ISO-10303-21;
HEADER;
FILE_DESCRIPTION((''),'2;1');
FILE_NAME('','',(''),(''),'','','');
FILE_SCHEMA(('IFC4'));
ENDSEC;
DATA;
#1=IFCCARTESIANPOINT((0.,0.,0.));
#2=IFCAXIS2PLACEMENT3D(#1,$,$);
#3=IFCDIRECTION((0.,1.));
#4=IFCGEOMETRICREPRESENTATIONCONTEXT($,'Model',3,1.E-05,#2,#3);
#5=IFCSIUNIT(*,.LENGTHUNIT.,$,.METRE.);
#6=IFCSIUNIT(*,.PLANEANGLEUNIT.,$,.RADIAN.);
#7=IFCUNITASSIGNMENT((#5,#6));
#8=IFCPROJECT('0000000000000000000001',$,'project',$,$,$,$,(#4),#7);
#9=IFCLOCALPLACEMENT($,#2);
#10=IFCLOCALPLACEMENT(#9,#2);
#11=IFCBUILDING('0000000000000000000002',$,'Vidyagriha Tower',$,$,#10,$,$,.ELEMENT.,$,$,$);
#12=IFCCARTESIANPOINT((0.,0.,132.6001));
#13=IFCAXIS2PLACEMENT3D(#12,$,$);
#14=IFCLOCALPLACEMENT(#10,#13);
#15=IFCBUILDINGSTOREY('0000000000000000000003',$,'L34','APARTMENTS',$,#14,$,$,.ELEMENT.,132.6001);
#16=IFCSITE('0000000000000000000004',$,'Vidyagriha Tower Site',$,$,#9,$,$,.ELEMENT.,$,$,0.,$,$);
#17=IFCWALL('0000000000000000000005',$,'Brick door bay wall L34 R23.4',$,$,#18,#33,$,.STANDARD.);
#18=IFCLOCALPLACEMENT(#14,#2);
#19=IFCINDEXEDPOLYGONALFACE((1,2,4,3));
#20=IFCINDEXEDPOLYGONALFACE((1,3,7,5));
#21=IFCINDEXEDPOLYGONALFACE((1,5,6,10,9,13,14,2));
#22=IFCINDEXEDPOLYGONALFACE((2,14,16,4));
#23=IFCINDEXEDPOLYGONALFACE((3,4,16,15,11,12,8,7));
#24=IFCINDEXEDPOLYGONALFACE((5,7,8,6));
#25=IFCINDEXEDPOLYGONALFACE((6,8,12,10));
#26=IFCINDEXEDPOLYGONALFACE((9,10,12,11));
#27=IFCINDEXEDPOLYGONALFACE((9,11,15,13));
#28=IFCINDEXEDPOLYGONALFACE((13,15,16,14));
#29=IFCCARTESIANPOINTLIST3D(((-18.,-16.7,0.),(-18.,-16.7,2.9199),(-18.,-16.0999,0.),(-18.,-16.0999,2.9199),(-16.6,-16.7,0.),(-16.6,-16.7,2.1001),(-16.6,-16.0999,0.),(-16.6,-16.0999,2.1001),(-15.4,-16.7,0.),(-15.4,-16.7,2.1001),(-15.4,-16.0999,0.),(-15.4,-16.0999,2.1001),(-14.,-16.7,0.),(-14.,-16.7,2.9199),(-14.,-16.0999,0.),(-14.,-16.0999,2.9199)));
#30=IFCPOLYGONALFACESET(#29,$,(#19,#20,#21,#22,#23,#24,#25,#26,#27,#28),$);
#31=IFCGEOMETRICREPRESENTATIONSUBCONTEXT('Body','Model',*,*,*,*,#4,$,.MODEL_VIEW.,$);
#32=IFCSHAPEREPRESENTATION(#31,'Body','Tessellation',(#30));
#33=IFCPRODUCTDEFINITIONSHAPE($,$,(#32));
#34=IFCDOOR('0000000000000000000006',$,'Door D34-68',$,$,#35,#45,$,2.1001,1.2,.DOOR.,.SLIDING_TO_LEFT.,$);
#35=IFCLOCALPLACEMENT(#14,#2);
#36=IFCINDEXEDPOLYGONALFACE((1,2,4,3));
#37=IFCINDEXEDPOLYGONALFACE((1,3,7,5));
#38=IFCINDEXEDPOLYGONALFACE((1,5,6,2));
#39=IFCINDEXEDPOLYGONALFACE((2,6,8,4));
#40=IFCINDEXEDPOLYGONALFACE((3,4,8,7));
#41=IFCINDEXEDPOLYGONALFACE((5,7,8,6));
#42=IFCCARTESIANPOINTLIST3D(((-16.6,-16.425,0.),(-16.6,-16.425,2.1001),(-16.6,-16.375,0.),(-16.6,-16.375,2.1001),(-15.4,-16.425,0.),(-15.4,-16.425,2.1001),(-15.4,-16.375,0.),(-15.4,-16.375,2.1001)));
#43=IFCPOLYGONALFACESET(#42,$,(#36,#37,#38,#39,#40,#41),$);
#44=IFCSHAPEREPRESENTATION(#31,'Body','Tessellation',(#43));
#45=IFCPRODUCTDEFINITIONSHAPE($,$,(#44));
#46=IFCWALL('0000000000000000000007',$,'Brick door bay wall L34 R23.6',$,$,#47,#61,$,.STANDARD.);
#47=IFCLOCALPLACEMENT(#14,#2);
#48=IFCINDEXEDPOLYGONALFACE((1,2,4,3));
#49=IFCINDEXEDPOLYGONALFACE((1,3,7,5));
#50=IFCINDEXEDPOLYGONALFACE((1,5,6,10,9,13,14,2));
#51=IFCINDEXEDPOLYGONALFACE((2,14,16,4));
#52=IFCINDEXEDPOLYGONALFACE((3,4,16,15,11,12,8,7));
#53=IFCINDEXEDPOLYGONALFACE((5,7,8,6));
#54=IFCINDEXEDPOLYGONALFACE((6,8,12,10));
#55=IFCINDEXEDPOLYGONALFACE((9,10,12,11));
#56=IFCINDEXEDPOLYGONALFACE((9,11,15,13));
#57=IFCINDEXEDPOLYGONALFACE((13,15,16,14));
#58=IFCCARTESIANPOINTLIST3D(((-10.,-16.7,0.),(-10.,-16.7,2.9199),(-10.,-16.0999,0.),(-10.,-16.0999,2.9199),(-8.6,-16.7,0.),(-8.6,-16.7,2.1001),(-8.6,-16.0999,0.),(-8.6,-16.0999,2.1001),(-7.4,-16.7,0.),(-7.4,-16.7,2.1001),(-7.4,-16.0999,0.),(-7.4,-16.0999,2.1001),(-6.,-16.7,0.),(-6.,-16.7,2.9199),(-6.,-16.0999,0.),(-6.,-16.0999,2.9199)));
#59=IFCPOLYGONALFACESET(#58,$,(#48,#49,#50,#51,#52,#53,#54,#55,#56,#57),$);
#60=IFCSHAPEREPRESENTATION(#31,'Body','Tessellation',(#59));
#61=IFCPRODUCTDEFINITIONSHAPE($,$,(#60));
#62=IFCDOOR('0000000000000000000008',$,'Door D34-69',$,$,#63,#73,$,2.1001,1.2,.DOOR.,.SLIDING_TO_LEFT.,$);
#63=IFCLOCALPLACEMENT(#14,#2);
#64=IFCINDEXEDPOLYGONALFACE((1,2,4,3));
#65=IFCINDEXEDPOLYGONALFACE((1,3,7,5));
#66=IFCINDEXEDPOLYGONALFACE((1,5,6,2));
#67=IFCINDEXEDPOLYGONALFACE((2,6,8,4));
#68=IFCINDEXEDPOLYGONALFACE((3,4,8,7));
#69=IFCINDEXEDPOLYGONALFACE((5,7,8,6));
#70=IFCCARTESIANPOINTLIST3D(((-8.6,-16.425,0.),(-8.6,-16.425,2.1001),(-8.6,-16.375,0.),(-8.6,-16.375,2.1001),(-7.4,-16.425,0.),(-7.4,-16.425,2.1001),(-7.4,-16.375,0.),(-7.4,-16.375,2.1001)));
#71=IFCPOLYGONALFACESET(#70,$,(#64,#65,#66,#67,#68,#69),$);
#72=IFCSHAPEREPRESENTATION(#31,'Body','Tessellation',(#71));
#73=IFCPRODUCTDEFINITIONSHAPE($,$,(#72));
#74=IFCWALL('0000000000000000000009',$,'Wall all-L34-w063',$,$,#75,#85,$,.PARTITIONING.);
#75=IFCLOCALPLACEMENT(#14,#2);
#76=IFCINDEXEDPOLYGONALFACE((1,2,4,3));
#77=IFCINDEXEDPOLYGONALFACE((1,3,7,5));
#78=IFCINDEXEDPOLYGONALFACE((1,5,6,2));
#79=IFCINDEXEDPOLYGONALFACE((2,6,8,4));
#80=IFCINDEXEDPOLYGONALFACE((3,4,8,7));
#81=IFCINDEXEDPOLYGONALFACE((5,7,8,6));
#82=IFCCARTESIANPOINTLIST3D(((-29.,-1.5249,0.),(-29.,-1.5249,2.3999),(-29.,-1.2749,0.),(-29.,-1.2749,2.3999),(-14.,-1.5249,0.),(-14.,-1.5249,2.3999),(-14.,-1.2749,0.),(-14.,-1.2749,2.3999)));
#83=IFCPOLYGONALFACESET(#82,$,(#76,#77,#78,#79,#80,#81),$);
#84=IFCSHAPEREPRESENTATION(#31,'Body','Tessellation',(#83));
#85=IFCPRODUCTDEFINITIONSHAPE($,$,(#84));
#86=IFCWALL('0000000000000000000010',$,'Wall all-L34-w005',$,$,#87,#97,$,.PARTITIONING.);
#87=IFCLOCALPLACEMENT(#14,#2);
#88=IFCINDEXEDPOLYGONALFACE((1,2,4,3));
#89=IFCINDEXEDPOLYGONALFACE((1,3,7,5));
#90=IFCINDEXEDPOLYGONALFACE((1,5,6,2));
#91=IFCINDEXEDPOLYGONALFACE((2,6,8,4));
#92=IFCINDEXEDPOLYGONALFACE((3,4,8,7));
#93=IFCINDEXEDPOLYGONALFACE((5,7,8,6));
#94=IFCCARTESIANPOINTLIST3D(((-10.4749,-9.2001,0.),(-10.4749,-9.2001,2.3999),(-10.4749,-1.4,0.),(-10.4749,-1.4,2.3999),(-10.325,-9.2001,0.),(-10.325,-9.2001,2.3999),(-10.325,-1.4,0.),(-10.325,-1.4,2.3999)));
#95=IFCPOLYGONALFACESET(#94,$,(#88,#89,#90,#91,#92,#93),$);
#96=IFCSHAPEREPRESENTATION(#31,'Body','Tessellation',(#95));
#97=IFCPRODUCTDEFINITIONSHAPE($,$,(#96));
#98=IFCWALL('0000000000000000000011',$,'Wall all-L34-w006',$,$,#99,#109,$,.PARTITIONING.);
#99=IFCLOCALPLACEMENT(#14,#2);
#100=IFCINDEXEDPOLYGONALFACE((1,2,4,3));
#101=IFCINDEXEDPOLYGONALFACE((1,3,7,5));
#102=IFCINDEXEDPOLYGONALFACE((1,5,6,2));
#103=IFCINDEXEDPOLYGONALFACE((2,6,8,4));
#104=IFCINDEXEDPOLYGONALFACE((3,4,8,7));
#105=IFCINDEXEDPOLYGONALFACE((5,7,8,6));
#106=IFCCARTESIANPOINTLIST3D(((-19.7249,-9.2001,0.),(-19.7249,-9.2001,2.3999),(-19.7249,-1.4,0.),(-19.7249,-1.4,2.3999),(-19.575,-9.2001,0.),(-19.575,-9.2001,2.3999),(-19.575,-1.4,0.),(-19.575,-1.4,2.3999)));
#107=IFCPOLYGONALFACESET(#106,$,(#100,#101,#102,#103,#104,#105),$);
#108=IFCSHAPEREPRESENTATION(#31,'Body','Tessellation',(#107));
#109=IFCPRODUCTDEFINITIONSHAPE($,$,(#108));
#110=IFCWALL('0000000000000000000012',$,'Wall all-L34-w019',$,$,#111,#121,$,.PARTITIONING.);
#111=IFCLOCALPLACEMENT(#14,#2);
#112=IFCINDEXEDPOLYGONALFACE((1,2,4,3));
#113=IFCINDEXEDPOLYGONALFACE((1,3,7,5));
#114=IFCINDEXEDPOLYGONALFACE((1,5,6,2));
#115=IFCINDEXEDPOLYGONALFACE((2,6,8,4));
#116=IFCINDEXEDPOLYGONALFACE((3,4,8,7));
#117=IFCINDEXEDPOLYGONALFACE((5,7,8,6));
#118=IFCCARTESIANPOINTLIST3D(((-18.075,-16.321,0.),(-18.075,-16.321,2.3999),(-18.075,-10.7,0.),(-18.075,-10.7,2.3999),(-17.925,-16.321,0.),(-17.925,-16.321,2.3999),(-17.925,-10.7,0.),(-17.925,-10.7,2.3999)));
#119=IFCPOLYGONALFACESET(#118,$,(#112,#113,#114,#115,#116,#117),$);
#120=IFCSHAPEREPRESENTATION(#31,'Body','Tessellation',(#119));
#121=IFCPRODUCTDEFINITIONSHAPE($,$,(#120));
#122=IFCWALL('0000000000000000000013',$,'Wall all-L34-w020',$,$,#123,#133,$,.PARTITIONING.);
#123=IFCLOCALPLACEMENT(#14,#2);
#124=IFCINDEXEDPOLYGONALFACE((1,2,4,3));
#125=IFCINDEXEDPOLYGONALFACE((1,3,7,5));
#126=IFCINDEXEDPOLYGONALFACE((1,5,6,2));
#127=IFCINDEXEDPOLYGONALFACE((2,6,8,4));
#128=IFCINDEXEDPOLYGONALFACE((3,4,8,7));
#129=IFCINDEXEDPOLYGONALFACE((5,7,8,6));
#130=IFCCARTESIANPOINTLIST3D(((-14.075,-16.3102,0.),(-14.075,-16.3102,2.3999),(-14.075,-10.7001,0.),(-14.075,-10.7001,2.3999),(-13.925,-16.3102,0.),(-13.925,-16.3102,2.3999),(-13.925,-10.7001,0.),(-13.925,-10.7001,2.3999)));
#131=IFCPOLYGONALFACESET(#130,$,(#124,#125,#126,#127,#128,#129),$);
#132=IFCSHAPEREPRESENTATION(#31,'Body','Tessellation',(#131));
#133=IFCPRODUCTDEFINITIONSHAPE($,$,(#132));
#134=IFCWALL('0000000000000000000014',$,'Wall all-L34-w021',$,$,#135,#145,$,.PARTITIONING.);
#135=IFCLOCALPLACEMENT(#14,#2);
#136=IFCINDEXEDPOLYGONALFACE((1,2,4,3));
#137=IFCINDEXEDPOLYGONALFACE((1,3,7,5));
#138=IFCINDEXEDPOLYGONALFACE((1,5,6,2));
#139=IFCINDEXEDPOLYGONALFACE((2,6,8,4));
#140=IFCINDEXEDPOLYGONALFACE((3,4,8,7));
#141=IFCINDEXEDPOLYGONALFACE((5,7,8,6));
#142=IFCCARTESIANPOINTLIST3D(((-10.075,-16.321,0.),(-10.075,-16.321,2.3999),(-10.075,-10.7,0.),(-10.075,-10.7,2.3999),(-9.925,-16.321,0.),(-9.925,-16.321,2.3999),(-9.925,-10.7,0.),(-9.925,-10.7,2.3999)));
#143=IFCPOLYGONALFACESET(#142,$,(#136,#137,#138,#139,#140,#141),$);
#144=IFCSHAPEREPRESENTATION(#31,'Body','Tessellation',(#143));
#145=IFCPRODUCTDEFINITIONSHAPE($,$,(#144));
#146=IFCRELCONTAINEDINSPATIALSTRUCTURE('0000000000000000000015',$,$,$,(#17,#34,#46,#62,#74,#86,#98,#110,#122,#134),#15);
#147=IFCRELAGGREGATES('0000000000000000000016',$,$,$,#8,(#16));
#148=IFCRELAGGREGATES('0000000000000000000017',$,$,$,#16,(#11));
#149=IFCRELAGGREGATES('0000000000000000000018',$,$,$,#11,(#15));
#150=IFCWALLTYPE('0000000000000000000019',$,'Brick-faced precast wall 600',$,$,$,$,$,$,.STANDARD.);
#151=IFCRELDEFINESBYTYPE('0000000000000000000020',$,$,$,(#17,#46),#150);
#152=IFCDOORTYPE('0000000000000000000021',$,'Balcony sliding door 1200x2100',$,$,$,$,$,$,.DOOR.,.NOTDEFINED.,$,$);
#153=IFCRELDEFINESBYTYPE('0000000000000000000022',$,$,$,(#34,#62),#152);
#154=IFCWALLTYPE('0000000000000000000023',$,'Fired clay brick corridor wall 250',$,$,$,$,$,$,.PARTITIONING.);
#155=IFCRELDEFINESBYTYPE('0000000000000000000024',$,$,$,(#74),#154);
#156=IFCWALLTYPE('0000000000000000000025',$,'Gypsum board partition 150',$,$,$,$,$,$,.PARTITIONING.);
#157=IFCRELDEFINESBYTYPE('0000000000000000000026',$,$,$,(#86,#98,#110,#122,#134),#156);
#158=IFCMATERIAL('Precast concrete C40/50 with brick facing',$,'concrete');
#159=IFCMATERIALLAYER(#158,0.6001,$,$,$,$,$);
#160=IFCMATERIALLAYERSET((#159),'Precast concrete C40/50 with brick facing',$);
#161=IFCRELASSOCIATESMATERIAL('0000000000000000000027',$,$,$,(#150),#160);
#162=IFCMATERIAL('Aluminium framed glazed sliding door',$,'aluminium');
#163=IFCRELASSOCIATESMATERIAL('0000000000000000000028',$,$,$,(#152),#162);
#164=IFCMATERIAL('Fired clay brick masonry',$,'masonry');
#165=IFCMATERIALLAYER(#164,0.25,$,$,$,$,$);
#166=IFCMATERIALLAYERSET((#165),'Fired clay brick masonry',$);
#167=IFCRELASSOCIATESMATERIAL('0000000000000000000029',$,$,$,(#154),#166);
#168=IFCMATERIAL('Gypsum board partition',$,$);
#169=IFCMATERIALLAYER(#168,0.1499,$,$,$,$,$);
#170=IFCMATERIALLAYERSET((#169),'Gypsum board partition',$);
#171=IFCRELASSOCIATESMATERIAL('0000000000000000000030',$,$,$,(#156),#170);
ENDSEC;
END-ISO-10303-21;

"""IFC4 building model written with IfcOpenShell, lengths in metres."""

from ifc_helpers import new_model, si_unit, direction, frame, frame_2d, origin, place, context, subcontext, project, spatial, rectangle, extrude, material, layer, layer_set, type_object, element, fill, save


model = new_model("IFC4")

# Units and contexts
model_context = context("Model", 3, precision=1e-05, world=origin(), true_north=direction((0.0, 1.0)))
body_context = subcontext(model_context, "Body", "Model", "MODEL_VIEW")
ifc_project = project(units=[si_unit("LENGTHUNIT", "METRE"), si_unit("PLANEANGLEUNIT", "RADIAN")], contexts=[model_context])

# Site, building, storey
site_placement = place(None, origin())
site = spatial("IfcSite", under=ifc_project, at=site_placement, Name="Vidyagriha Tower Site", CompositionType="ELEMENT", RefElevation=0.0)
building_placement = place(site_placement, origin())
building = spatial("IfcBuilding", under=site, at=building_placement, Name="Vidyagriha Tower", CompositionType="ELEMENT")
storey_placement = place(building_placement, frame((0.0, 0.0, 132.6001)))
storey = spatial("IfcBuildingStorey", under=building, at=storey_placement, Name="L34", Description="APARTMENTS", CompositionType="ELEMENT", Elevation=132.6001)

# Walls, openings, doors
ifc_material_1 = material(Name="Precast concrete C40/50 with brick facing", Category="concrete")
ifc_layer_1 = layer(ifc_material_1, 0.6001)
ifc_layer_set_1 = layer_set([ifc_layer_1], Name="Precast concrete C40/50 with brick facing")
wall_type_1 = type_object("IfcWallType", Name="Brick-faced precast wall 600", PredefinedType="STANDARD", material=ifc_layer_set_1)
wall_1_placement = place(storey_placement, frame((-18.0, -16.3999, 0.0)))
wall_1 = element("IfcWall", 1, at=wall_1_placement, inside=storey, type_object=wall_type_1, Name="Brick door bay wall L34 R23.4", PredefinedType="STANDARD", context=body_context, shape_type="SweptSolid", body=[
    extrude(rectangle(XDim=4.0, YDim=0.6001, at=frame_2d((2.0, 0.0))), origin(), (0.0, 0.0, 1.0), 2.9199),
])
opening_1_placement = place(wall_1_placement, frame((1.3999, 0.0, 0.0)))
opening_1 = element("IfcOpeningElement", 2, at=opening_1_placement, cuts=wall_1, PredefinedType="OPENING", context=body_context, shape_type="SweptSolid", body=[
    extrude(rectangle(XDim=1.2, YDim=2.1001, at=frame_2d((0.6001, 1.05))), frame((0.0, 0.3101, 0.0), z_axis=(0.0, -1.0, 0.0), x_axis=(1.0, 0.0, 0.0)), (0.0, 0.0, 1.0), 0.6201),
])
ifc_material_2 = material(Name="Aluminium framed glazed sliding door", Category="aluminium")
door_type = type_object("IfcDoorType", Name="Balcony sliding door 1200x2100", OperationType="NOTDEFINED", PredefinedType="DOOR", material=ifc_material_2)
door_1_placement = place(opening_1_placement, origin())
door_1 = element("IfcDoor", 3, at=door_1_placement, inside=storey, type_object=door_type, Name="Door D34-68", OperationType="SLIDING_TO_LEFT", OverallHeight=2.1001, OverallWidth=1.2, PredefinedType="DOOR", context=body_context, shape_type="SweptSolid", body=[
    extrude(rectangle(XDim=1.2, YDim=2.1001, at=frame_2d((0.6001, 1.05))), frame((0.0, 0.0249, 0.0), z_axis=(0.0, -1.0, 0.0), x_axis=(1.0, 0.0, 0.0)), (0.0, 0.0, 1.0), 0.05),
])
fill(opening_1, door_1)
wall_2_placement = place(storey_placement, frame((-10.0, -16.3999, 0.0)))
wall_2 = element("IfcWall", 4, at=wall_2_placement, inside=storey, type_object=wall_type_1, Name="Brick door bay wall L34 R23.6", PredefinedType="STANDARD", context=body_context, shape_type="SweptSolid", body=[
    extrude(rectangle(XDim=4.0, YDim=0.6001, at=frame_2d((2.0, 0.0))), origin(), (0.0, 0.0, 1.0), 2.9199),
])
opening_2_placement = place(wall_2_placement, frame((1.3999, 0.0, 0.0)))
opening_2 = element("IfcOpeningElement", 5, at=opening_2_placement, cuts=wall_2, PredefinedType="OPENING", context=body_context, shape_type="SweptSolid", body=[
    extrude(rectangle(XDim=1.2, YDim=2.1001, at=frame_2d((0.6001, 1.05))), frame((0.0, 0.3101, 0.0), z_axis=(0.0, -1.0, 0.0), x_axis=(1.0, 0.0, 0.0)), (0.0, 0.0, 1.0), 0.6201),
])
door_2_placement = place(opening_2_placement, origin())
door_2 = element("IfcDoor", 6, at=door_2_placement, inside=storey, type_object=door_type, Name="Door D34-69", OperationType="SLIDING_TO_LEFT", OverallHeight=2.1001, OverallWidth=1.2, PredefinedType="DOOR", context=body_context, shape_type="SweptSolid", body=[
    extrude(rectangle(XDim=1.2, YDim=2.1001, at=frame_2d((0.6001, 1.05))), frame((0.0, 0.0249, 0.0), z_axis=(0.0, -1.0, 0.0), x_axis=(1.0, 0.0, 0.0)), (0.0, 0.0, 1.0), 0.05),
])
fill(opening_2, door_2)

# Walls
ifc_material_3 = material(Name="Fired clay brick masonry", Category="masonry")
ifc_layer_2 = layer(ifc_material_3, 0.25)
ifc_layer_set_2 = layer_set([ifc_layer_2], Name="Fired clay brick masonry")
wall_type_2 = type_object("IfcWallType", Name="Fired clay brick corridor wall 250", PredefinedType="PARTITIONING", material=ifc_layer_set_2)
wall_3_placement = place(storey_placement, frame((-14.0, -1.3999, 0.0), z_axis=(0.0, 0.0, 1.0), x_axis=(-1.0, 0.0, 0.0)))
element("IfcWall", 7, at=wall_3_placement, inside=storey, type_object=wall_type_2, Name="Wall all-L34-w063", PredefinedType="PARTITIONING", context=body_context, shape_type="SweptSolid", body=[
    extrude(rectangle(XDim=15.0, YDim=0.25, at=frame_2d((7.5, 0.0))), origin(), (0.0, 0.0, 1.0), 2.3999),
])
ifc_material_4 = material(Name="Gypsum board partition")
ifc_layer_3 = layer(ifc_material_4, 0.1499)
ifc_layer_set_3 = layer_set([ifc_layer_3], Name="Gypsum board partition")
wall_type_3 = type_object("IfcWallType", Name="Gypsum board partition 150", PredefinedType="PARTITIONING", material=ifc_layer_set_3)
for number, where, z_axis, x_axis, name in (
    (8, (-10.3999, -9.2, 0.0), (0.0, 0.0, 1.0), (0.0, 1.0, 0.0), "Wall all-L34-w005"),
    (9, (-19.6499, -9.2, 0.0), (0.0, 0.0, 1.0), (0.0, 1.0, 0.0), "Wall all-L34-w006"),
):
    element("IfcWall", number, at=place(storey_placement, frame(where, z_axis=z_axis, x_axis=x_axis)), inside=storey, type_object=wall_type_3, Name=name, PredefinedType="PARTITIONING", context=body_context, shape_type="SweptSolid", body=[
        extrude(rectangle(XDim=7.8, YDim=0.1499, at=frame_2d((3.8999, 0.0))), origin(), (0.0, 0.0, 1.0), 2.3999),
    ])
wall_4_placement = place(storey_placement, frame((-18.0, -10.7, 0.0), z_axis=(0.0, 0.0, 1.0), x_axis=(0.0, -1.0, 0.0)))
element("IfcWall", 10, at=wall_4_placement, inside=storey, type_object=wall_type_3, Name="Wall all-L34-w019", PredefinedType="PARTITIONING", context=body_context, shape_type="SweptSolid", body=[
    extrude(rectangle(XDim=5.6211, YDim=0.1499, at=frame_2d((2.8105, 0.0))), origin(), (0.0, 0.0, 1.0), 2.3999),
])
wall_5_placement = place(storey_placement, frame((-14.0, -10.7, 0.0), z_axis=(0.0, 0.0, 1.0), x_axis=(0.0, -1.0, 0.0)))
element("IfcWall", 11, at=wall_5_placement, inside=storey, type_object=wall_type_3, Name="Wall all-L34-w020", PredefinedType="PARTITIONING", context=body_context, shape_type="SweptSolid", body=[
    extrude(rectangle(XDim=5.6101, YDim=0.1499, at=frame_2d((2.8052, 0.0))), origin(), (0.0, 0.0, 1.0), 2.3999),
])
wall_6_placement = place(storey_placement, frame((-10.0, -10.7, 0.0), z_axis=(0.0, 0.0, 1.0), x_axis=(0.0, -1.0, 0.0)))
element("IfcWall", 12, at=wall_6_placement, inside=storey, type_object=wall_type_3, Name="Wall all-L34-w021", PredefinedType="PARTITIONING", context=body_context, shape_type="SweptSolid", body=[
    extrude(rectangle(XDim=5.6211, YDim=0.1499, at=frame_2d((2.8105, 0.0))), origin(), (0.0, 0.0, 1.0), 2.3999),
])

save(model, "model.ifc")
